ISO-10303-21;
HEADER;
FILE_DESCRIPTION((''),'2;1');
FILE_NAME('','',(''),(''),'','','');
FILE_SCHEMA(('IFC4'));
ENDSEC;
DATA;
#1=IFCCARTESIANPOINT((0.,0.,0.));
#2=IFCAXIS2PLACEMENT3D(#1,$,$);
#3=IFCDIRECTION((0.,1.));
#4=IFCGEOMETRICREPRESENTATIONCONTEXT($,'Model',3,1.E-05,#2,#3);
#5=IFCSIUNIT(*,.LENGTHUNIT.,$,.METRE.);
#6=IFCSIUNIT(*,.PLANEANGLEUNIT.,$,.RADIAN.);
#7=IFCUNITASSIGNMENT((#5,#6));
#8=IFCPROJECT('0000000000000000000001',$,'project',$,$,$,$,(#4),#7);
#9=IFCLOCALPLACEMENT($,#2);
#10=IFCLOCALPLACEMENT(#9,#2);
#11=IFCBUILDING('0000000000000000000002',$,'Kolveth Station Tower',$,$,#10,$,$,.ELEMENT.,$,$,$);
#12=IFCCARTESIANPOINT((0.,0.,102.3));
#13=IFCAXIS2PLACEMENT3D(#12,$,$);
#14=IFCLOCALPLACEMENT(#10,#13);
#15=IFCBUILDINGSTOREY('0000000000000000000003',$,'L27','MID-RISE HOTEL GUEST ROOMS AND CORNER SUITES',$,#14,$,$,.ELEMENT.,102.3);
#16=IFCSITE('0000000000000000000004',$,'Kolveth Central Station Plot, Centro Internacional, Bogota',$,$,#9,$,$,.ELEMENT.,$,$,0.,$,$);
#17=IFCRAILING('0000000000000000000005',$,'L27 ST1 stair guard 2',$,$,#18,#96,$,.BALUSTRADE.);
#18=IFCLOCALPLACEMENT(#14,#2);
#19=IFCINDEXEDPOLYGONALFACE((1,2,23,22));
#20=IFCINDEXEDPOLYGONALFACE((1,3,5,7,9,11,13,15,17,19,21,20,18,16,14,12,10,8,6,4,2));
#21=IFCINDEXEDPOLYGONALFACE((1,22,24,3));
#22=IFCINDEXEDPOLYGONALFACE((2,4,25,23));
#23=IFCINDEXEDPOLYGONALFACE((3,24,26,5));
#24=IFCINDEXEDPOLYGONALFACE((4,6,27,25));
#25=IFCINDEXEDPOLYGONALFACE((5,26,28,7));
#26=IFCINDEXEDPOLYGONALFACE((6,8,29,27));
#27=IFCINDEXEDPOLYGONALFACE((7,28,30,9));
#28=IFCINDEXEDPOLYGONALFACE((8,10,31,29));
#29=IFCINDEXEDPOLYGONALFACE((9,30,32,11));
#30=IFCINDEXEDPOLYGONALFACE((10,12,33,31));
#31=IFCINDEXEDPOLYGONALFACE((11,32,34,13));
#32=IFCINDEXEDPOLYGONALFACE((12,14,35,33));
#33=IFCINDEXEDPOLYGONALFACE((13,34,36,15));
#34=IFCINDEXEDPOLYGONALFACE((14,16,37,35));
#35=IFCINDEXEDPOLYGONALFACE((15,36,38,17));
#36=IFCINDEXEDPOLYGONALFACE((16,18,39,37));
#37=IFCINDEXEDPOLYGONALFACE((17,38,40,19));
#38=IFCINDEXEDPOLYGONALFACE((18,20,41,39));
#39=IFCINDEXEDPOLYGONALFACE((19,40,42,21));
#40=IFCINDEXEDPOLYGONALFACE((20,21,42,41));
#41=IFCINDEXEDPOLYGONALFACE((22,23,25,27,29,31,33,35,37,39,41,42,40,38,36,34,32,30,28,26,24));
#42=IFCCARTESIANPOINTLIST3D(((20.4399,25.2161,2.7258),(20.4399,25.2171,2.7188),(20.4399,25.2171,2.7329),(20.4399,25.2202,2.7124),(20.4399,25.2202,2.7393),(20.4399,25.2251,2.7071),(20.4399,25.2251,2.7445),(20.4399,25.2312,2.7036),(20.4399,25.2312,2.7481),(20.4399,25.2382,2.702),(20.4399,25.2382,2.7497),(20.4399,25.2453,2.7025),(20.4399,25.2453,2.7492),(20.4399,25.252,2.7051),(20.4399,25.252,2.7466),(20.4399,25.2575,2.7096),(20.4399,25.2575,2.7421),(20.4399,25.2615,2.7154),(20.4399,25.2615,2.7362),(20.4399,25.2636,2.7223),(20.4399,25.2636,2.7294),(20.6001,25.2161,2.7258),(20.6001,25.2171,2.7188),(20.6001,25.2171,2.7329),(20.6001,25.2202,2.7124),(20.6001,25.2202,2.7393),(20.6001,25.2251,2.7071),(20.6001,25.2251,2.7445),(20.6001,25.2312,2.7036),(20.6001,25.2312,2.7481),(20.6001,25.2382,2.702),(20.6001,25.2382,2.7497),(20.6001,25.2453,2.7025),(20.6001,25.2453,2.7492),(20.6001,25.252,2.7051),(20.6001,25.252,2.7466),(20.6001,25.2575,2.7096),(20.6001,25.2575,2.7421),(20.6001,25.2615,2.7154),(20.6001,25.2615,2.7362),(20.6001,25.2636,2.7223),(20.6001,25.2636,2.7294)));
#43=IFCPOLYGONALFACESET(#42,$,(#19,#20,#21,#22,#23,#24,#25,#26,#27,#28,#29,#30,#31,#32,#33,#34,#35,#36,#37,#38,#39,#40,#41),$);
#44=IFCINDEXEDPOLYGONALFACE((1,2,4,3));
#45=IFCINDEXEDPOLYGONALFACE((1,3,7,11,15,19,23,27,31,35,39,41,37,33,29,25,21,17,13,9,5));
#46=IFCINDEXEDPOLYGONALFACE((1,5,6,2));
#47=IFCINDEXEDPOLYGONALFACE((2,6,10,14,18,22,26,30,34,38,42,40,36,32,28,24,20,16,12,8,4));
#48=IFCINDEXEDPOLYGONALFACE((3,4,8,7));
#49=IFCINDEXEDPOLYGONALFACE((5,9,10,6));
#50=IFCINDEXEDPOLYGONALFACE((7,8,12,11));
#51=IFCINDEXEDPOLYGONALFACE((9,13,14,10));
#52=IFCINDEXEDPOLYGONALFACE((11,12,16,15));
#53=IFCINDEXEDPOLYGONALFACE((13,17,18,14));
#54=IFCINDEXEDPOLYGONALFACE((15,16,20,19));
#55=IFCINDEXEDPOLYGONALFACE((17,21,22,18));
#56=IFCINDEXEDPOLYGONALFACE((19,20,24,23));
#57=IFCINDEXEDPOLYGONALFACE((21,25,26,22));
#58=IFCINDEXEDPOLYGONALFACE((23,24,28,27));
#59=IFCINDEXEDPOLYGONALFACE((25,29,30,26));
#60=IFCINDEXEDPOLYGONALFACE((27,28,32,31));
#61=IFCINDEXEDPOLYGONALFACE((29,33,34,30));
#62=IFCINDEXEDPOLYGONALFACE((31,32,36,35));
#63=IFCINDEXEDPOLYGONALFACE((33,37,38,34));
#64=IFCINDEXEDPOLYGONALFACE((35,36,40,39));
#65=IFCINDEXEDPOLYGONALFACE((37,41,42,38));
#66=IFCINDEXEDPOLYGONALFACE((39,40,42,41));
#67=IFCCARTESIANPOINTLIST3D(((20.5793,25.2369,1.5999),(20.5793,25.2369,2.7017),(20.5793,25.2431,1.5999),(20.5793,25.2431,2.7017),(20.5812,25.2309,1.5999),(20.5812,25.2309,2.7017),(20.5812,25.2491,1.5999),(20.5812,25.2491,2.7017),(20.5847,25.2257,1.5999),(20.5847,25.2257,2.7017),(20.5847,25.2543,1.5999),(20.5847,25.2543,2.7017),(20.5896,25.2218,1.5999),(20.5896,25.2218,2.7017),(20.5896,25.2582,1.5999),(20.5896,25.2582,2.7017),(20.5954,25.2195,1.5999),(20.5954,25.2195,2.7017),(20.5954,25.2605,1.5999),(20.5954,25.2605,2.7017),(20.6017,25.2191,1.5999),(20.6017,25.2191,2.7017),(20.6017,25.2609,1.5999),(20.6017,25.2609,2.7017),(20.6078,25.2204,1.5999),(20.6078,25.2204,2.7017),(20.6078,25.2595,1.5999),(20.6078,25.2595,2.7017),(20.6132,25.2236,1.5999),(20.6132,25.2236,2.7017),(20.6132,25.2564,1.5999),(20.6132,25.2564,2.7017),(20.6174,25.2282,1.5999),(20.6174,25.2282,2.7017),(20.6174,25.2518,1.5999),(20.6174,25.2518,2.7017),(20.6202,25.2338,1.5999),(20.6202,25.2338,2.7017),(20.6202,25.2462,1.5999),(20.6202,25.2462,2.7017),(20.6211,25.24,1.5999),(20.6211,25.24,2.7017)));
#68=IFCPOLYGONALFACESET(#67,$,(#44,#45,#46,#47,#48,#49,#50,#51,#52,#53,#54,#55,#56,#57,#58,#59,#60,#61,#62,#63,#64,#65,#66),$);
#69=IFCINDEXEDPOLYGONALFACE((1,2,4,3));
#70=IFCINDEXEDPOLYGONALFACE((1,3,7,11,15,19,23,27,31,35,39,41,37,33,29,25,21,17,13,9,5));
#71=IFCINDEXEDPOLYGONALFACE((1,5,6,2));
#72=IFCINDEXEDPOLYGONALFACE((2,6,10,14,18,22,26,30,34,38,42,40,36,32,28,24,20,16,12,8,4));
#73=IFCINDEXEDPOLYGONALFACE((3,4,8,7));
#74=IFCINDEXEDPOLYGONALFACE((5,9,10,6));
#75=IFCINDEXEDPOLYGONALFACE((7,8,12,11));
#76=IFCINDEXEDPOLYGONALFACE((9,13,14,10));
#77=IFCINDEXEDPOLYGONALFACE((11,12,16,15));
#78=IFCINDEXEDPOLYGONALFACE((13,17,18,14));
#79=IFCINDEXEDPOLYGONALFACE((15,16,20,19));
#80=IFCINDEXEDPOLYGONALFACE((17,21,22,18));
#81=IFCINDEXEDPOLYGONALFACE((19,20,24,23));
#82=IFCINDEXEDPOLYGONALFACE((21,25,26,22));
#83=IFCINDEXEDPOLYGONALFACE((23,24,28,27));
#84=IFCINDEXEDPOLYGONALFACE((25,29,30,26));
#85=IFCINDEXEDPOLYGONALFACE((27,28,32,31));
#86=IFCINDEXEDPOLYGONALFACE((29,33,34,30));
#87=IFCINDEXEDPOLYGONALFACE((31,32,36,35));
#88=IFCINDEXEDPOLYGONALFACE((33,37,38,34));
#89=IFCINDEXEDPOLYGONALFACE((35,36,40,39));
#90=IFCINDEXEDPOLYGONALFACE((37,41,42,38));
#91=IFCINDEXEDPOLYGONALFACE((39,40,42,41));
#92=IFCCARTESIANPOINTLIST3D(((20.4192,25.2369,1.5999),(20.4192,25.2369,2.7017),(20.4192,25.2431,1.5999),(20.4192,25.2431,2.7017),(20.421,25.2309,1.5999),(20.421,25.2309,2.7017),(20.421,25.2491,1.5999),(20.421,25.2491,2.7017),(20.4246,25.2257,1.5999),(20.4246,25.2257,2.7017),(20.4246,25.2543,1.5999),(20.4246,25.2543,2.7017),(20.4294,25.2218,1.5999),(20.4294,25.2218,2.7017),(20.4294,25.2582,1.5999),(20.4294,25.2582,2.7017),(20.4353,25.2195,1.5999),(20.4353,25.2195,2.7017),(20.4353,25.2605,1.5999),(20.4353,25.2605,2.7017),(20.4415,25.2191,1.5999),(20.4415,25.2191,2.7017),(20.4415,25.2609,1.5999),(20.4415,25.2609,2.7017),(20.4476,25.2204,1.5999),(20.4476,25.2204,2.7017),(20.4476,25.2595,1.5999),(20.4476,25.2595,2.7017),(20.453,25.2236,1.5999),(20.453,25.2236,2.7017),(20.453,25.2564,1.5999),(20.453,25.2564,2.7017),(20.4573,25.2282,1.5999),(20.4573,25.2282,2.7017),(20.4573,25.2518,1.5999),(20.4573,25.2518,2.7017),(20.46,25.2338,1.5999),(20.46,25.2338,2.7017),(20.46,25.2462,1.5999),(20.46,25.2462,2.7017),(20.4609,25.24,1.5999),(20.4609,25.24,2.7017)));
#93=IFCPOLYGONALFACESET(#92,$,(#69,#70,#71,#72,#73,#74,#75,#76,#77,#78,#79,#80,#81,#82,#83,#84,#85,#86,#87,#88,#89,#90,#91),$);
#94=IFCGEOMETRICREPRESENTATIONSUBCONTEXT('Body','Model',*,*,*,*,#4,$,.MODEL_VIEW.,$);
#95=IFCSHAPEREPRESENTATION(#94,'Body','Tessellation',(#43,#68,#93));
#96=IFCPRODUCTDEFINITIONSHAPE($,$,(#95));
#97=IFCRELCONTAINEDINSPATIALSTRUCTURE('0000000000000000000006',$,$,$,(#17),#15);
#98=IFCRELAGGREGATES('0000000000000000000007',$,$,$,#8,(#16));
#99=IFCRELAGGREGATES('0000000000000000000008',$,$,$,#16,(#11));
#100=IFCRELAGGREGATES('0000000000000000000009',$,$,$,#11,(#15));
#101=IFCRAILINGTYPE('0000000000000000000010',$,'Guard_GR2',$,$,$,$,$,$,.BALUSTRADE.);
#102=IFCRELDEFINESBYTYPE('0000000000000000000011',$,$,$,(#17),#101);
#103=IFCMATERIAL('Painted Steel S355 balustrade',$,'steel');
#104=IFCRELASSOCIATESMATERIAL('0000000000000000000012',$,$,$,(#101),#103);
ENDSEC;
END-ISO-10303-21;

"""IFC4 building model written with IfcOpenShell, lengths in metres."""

from ifc_helpers import new_model, si_unit, direction, frame, origin, origin_2d, place, context, subcontext, project, spatial, circle, extrude, material, type_object, element, save


model = new_model("IFC4")

# Units and contexts
model_context = context("Model", 3, precision=1e-05, world=origin(), true_north=direction((0.0, 1.0)))
body_context = subcontext(model_context, "Body", "Model", "MODEL_VIEW")
ifc_project = project(units=[si_unit("LENGTHUNIT", "METRE"), si_unit("PLANEANGLEUNIT", "RADIAN")], contexts=[model_context])

# Site, building, storey
site_placement = place(None, origin())
site = spatial("IfcSite", under=ifc_project, at=site_placement, Name="Kolveth Central Station Plot, Centro Internacional, Bogota", CompositionType="ELEMENT", RefElevation=0.0)
building_placement = place(site_placement, origin())
building = spatial("IfcBuilding", under=site, at=building_placement, Name="Kolveth Station Tower", CompositionType="ELEMENT")
storey_placement = place(building_placement, frame((0.0, 0.0, 102.3)))
storey = spatial("IfcBuildingStorey", under=building, at=storey_placement, Name="L27", Description="MID-RISE HOTEL GUEST ROOMS AND CORNER SUITES", CompositionType="ELEMENT", Elevation=102.3)

# Railing
ifc_material_1 = material(Name="Painted Steel S355 balustrade", Category="steel")
railing_type_1 = type_object("IfcRailingType", Name="Guard_GR2", PredefinedType="BALUSTRADE", material=ifc_material_1)
railing_1_placement = place(storey_placement, frame((20.6001, 25.24, 1.5999)))
element("IfcRailing", 1, at=railing_1_placement, inside=storey, type_object=railing_type_1, Name="L27 ST1 stair guard 2", PredefinedType="BALUSTRADE", context=body_context, shape_type="SweptSolid", body=[
    extrude(circle(Radius=0.0239, at=origin_2d()), frame((0.0, 0.0, 1.126), z_axis=(-1.0, 0.0, 0.0), x_axis=(0.0, -1.0, 0.0)), (0.0, 0.0, 1.0), 0.1602),
    extrude(circle(Radius=0.021, at=origin_2d()), origin(), (0.0, 0.0, 1.0), 1.1018),
    extrude(circle(Radius=0.021, at=origin_2d()), frame((-0.1602, 0.0, 0.0)), (0.0, 0.0, 1.0), 1.1018),
])

save(model, "model.ifc")
